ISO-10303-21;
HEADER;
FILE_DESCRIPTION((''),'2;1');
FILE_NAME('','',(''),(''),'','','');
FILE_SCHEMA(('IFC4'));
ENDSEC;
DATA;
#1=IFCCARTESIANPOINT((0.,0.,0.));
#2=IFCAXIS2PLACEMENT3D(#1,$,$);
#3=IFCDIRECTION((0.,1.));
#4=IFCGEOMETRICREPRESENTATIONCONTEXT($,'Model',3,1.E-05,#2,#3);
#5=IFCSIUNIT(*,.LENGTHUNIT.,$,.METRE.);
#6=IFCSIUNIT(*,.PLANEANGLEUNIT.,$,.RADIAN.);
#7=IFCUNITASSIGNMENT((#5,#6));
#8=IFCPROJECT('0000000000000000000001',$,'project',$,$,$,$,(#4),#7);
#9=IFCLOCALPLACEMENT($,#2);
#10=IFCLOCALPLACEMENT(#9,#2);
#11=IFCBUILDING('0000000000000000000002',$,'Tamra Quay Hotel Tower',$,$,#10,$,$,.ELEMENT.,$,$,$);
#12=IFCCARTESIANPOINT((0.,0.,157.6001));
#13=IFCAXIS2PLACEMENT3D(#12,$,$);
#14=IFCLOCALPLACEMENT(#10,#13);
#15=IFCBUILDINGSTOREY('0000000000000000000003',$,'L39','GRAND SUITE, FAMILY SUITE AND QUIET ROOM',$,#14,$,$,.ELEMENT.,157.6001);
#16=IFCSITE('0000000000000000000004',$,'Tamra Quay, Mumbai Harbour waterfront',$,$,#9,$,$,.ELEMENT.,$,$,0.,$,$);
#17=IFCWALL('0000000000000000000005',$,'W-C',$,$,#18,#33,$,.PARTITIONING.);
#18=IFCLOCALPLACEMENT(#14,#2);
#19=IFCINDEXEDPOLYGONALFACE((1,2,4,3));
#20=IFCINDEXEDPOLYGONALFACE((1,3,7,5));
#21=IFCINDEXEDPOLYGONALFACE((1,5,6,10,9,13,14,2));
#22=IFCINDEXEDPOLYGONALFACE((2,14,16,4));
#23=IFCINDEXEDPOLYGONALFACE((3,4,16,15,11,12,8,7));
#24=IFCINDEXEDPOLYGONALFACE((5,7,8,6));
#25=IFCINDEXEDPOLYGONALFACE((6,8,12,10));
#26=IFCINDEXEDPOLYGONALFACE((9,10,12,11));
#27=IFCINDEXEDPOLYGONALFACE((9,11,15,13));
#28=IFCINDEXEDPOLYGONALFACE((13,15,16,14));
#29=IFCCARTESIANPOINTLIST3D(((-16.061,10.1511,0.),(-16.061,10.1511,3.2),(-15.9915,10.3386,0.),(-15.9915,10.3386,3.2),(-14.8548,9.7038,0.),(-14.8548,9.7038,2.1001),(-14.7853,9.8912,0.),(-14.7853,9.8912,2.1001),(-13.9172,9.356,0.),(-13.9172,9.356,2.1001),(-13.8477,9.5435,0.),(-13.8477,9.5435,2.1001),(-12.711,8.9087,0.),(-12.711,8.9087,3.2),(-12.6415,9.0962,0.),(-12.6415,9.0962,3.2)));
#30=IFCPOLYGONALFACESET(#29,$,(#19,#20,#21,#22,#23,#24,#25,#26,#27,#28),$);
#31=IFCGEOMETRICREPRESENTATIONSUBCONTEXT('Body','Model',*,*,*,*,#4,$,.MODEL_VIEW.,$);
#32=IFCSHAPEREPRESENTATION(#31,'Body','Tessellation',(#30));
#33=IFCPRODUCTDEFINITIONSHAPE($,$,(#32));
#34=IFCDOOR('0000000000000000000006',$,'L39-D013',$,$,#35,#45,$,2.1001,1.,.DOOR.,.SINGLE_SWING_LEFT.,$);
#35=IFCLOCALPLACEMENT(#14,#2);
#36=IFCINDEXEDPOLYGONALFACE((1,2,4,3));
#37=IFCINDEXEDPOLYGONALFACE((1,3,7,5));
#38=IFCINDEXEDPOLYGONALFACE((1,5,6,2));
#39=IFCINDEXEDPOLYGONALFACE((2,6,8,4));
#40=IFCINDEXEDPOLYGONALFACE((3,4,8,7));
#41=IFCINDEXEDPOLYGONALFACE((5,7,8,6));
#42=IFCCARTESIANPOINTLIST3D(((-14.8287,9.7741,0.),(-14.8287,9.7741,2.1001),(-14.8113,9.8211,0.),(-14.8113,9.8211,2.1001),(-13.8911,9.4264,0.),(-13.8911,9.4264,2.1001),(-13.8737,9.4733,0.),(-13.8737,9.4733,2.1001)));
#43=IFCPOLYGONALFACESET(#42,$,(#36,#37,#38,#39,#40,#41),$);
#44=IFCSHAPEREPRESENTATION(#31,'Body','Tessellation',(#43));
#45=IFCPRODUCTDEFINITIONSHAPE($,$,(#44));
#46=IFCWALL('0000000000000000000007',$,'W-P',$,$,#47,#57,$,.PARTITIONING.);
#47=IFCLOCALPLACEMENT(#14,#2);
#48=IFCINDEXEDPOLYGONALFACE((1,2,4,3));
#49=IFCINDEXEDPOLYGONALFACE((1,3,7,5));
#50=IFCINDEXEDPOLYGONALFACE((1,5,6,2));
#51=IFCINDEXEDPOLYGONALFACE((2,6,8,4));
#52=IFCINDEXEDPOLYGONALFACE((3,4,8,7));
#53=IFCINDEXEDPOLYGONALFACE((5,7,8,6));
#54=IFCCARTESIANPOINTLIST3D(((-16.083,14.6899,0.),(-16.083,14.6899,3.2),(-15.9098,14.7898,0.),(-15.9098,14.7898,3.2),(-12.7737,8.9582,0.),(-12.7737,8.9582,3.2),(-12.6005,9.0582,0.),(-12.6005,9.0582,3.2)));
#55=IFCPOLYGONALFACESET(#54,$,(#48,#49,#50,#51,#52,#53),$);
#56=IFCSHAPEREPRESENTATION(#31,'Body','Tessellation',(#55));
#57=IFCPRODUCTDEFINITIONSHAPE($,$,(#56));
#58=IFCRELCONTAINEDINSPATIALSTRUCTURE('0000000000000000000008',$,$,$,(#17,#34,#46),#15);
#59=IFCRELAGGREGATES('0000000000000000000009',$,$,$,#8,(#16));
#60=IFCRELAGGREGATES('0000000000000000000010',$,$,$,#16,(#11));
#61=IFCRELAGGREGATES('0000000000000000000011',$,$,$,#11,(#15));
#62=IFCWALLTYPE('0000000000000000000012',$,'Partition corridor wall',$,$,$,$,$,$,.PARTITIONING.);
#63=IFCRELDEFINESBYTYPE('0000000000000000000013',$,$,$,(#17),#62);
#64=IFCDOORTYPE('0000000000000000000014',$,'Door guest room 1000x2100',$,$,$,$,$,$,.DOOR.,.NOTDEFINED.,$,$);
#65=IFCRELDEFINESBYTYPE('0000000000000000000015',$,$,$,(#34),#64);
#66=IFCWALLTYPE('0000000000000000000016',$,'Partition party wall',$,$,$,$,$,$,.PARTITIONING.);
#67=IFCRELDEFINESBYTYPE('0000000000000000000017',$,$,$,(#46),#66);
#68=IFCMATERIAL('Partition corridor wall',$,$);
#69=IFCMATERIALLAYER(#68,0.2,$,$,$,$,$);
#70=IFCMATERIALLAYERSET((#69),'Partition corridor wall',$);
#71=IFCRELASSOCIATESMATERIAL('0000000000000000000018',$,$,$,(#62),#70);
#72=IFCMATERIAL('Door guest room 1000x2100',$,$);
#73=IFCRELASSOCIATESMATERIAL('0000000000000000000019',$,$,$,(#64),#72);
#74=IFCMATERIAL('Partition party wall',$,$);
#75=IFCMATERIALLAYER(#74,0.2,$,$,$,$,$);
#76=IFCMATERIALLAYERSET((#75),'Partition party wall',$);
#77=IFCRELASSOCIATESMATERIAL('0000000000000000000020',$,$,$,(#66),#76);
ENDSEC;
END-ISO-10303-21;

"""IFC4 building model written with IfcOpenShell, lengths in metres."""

from ifc_helpers import new_model, si_unit, direction, frame, frame_2d, origin, place, context, subcontext, project, spatial, rectangle, extrude, material, layer, layer_set, type_object, element, fill, save


model = new_model("IFC4")

# Units and contexts
model_context = context("Model", 3, precision=1e-05, world=origin(), true_north=direction((0.0, 1.0)))
body_context = subcontext(model_context, "Body", "Model", "MODEL_VIEW")
ifc_project = project(units=[si_unit("LENGTHUNIT", "METRE"), si_unit("PLANEANGLEUNIT", "RADIAN")], contexts=[model_context])

# Site, building, storey
site_placement = place(None, origin())
site = spatial("IfcSite", under=ifc_project, at=site_placement, Name="Tamra Quay, Mumbai Harbour waterfront", CompositionType="ELEMENT", RefElevation=0.0)
building_placement = place(site_placement, origin())
building = spatial("IfcBuilding", under=site, at=building_placement, Name="Tamra Quay Hotel Tower", CompositionType="ELEMENT")
storey_placement = place(building_placement, frame((0.0, 0.0, 157.6001)))
storey = spatial("IfcBuildingStorey", under=building, at=storey_placement, Name="L39", Description="GRAND SUITE, FAMILY SUITE AND QUIET ROOM", CompositionType="ELEMENT", Elevation=157.6001)

# Shared definitions
ifc_material_1 = material(Name="Partition corridor wall")
ifc_layer_1 = layer(ifc_material_1, 0.2)
ifc_layer_set_1 = layer_set([ifc_layer_1], Name="Partition corridor wall")
wall_type_1 = type_object("IfcWallType", Name="Partition corridor wall", PredefinedType="PARTITIONING", material=ifc_layer_set_1)

# Wall, opening, door
ifc_material_2 = material(Name="Door guest room 1000x2100")
door_type_1 = type_object("IfcDoorType", Name="Door guest room 1000x2100", OperationType="NOTDEFINED", PredefinedType="DOOR", material=ifc_material_2)
wall_1_placement = place(storey_placement, frame((-16.0264, 10.2449, 0.0), z_axis=(0.0, 0.0, 1.0), x_axis=(0.937598, -0.347722, 0.0)))
wall_1 = element("IfcWall", 1, at=wall_1_placement, inside=storey, type_object=wall_type_1, Name="W-C", PredefinedType="PARTITIONING", context=body_context, shape_type="SweptSolid", body=[
    extrude(rectangle(XDim=3.573, YDim=0.2, at=frame_2d((1.7866, 0.0))), origin(), (0.0, 0.0, 1.0), 3.2),
])
opening_1_placement = place(wall_1_placement, frame((1.2866, 0.0, 0.0)))
opening_1 = element("IfcOpeningElement", 2, at=opening_1_placement, cuts=wall_1, PredefinedType="OPENING", context=body_context, shape_type="SweptSolid", body=[
    extrude(rectangle(XDim=1.0, YDim=2.1001, at=frame_2d((0.5, 1.05))), frame((0.0, 0.1099, 0.0), z_axis=(0.0, -1.0, 0.0), x_axis=(1.0, 0.0, 0.0)), (0.0, 0.0, 1.0), 0.22),
])
door_1_placement = place(opening_1_placement, frame((1.0, 0.0, 0.0), z_axis=(0.0, 0.0, 1.0), x_axis=(-1.0, 0.0, 0.0)))
door_1 = element("IfcDoor", 3, at=door_1_placement, inside=storey, type_object=door_type_1, Name="L39-D013", OperationType="SINGLE_SWING_LEFT", OverallHeight=2.1001, OverallWidth=1.0, PredefinedType="DOOR", context=body_context, shape_type="SweptSolid", body=[
    extrude(rectangle(XDim=1.0, YDim=2.1001, at=frame_2d((0.5, 1.05))), frame((0.0, 0.0249, 0.0), z_axis=(0.0, -1.0, 0.0), x_axis=(1.0, 0.0, 0.0)), (0.0, 0.0, 1.0), 0.05),
])
fill(opening_1, door_1)

# Wall
ifc_material_3 = material(Name="Partition party wall")
ifc_layer_2 = layer(ifc_material_3, 0.2)
ifc_layer_set_2 = layer_set([ifc_layer_2], Name="Partition party wall")
wall_type_2 = type_object("IfcWallType", Name="Partition party wall", PredefinedType="PARTITIONING", material=ifc_layer_set_2)
wall_2_placement = place(storey_placement, frame((-15.9963, 14.7397, 0.0), z_axis=(0.0, 0.0, 1.0), x_axis=(0.500015, -0.866017, 0.0)))
element("IfcWall", 4, at=wall_2_placement, inside=storey, type_object=wall_type_2, Name="W-P", PredefinedType="PARTITIONING", context=body_context, shape_type="SweptSolid", body=[
    extrude(rectangle(XDim=6.6184, YDim=0.2, at=frame_2d((3.3091, 0.0))), origin(), (0.0, 0.0, 1.0), 3.2),
])

save(model, "model.ifc")
